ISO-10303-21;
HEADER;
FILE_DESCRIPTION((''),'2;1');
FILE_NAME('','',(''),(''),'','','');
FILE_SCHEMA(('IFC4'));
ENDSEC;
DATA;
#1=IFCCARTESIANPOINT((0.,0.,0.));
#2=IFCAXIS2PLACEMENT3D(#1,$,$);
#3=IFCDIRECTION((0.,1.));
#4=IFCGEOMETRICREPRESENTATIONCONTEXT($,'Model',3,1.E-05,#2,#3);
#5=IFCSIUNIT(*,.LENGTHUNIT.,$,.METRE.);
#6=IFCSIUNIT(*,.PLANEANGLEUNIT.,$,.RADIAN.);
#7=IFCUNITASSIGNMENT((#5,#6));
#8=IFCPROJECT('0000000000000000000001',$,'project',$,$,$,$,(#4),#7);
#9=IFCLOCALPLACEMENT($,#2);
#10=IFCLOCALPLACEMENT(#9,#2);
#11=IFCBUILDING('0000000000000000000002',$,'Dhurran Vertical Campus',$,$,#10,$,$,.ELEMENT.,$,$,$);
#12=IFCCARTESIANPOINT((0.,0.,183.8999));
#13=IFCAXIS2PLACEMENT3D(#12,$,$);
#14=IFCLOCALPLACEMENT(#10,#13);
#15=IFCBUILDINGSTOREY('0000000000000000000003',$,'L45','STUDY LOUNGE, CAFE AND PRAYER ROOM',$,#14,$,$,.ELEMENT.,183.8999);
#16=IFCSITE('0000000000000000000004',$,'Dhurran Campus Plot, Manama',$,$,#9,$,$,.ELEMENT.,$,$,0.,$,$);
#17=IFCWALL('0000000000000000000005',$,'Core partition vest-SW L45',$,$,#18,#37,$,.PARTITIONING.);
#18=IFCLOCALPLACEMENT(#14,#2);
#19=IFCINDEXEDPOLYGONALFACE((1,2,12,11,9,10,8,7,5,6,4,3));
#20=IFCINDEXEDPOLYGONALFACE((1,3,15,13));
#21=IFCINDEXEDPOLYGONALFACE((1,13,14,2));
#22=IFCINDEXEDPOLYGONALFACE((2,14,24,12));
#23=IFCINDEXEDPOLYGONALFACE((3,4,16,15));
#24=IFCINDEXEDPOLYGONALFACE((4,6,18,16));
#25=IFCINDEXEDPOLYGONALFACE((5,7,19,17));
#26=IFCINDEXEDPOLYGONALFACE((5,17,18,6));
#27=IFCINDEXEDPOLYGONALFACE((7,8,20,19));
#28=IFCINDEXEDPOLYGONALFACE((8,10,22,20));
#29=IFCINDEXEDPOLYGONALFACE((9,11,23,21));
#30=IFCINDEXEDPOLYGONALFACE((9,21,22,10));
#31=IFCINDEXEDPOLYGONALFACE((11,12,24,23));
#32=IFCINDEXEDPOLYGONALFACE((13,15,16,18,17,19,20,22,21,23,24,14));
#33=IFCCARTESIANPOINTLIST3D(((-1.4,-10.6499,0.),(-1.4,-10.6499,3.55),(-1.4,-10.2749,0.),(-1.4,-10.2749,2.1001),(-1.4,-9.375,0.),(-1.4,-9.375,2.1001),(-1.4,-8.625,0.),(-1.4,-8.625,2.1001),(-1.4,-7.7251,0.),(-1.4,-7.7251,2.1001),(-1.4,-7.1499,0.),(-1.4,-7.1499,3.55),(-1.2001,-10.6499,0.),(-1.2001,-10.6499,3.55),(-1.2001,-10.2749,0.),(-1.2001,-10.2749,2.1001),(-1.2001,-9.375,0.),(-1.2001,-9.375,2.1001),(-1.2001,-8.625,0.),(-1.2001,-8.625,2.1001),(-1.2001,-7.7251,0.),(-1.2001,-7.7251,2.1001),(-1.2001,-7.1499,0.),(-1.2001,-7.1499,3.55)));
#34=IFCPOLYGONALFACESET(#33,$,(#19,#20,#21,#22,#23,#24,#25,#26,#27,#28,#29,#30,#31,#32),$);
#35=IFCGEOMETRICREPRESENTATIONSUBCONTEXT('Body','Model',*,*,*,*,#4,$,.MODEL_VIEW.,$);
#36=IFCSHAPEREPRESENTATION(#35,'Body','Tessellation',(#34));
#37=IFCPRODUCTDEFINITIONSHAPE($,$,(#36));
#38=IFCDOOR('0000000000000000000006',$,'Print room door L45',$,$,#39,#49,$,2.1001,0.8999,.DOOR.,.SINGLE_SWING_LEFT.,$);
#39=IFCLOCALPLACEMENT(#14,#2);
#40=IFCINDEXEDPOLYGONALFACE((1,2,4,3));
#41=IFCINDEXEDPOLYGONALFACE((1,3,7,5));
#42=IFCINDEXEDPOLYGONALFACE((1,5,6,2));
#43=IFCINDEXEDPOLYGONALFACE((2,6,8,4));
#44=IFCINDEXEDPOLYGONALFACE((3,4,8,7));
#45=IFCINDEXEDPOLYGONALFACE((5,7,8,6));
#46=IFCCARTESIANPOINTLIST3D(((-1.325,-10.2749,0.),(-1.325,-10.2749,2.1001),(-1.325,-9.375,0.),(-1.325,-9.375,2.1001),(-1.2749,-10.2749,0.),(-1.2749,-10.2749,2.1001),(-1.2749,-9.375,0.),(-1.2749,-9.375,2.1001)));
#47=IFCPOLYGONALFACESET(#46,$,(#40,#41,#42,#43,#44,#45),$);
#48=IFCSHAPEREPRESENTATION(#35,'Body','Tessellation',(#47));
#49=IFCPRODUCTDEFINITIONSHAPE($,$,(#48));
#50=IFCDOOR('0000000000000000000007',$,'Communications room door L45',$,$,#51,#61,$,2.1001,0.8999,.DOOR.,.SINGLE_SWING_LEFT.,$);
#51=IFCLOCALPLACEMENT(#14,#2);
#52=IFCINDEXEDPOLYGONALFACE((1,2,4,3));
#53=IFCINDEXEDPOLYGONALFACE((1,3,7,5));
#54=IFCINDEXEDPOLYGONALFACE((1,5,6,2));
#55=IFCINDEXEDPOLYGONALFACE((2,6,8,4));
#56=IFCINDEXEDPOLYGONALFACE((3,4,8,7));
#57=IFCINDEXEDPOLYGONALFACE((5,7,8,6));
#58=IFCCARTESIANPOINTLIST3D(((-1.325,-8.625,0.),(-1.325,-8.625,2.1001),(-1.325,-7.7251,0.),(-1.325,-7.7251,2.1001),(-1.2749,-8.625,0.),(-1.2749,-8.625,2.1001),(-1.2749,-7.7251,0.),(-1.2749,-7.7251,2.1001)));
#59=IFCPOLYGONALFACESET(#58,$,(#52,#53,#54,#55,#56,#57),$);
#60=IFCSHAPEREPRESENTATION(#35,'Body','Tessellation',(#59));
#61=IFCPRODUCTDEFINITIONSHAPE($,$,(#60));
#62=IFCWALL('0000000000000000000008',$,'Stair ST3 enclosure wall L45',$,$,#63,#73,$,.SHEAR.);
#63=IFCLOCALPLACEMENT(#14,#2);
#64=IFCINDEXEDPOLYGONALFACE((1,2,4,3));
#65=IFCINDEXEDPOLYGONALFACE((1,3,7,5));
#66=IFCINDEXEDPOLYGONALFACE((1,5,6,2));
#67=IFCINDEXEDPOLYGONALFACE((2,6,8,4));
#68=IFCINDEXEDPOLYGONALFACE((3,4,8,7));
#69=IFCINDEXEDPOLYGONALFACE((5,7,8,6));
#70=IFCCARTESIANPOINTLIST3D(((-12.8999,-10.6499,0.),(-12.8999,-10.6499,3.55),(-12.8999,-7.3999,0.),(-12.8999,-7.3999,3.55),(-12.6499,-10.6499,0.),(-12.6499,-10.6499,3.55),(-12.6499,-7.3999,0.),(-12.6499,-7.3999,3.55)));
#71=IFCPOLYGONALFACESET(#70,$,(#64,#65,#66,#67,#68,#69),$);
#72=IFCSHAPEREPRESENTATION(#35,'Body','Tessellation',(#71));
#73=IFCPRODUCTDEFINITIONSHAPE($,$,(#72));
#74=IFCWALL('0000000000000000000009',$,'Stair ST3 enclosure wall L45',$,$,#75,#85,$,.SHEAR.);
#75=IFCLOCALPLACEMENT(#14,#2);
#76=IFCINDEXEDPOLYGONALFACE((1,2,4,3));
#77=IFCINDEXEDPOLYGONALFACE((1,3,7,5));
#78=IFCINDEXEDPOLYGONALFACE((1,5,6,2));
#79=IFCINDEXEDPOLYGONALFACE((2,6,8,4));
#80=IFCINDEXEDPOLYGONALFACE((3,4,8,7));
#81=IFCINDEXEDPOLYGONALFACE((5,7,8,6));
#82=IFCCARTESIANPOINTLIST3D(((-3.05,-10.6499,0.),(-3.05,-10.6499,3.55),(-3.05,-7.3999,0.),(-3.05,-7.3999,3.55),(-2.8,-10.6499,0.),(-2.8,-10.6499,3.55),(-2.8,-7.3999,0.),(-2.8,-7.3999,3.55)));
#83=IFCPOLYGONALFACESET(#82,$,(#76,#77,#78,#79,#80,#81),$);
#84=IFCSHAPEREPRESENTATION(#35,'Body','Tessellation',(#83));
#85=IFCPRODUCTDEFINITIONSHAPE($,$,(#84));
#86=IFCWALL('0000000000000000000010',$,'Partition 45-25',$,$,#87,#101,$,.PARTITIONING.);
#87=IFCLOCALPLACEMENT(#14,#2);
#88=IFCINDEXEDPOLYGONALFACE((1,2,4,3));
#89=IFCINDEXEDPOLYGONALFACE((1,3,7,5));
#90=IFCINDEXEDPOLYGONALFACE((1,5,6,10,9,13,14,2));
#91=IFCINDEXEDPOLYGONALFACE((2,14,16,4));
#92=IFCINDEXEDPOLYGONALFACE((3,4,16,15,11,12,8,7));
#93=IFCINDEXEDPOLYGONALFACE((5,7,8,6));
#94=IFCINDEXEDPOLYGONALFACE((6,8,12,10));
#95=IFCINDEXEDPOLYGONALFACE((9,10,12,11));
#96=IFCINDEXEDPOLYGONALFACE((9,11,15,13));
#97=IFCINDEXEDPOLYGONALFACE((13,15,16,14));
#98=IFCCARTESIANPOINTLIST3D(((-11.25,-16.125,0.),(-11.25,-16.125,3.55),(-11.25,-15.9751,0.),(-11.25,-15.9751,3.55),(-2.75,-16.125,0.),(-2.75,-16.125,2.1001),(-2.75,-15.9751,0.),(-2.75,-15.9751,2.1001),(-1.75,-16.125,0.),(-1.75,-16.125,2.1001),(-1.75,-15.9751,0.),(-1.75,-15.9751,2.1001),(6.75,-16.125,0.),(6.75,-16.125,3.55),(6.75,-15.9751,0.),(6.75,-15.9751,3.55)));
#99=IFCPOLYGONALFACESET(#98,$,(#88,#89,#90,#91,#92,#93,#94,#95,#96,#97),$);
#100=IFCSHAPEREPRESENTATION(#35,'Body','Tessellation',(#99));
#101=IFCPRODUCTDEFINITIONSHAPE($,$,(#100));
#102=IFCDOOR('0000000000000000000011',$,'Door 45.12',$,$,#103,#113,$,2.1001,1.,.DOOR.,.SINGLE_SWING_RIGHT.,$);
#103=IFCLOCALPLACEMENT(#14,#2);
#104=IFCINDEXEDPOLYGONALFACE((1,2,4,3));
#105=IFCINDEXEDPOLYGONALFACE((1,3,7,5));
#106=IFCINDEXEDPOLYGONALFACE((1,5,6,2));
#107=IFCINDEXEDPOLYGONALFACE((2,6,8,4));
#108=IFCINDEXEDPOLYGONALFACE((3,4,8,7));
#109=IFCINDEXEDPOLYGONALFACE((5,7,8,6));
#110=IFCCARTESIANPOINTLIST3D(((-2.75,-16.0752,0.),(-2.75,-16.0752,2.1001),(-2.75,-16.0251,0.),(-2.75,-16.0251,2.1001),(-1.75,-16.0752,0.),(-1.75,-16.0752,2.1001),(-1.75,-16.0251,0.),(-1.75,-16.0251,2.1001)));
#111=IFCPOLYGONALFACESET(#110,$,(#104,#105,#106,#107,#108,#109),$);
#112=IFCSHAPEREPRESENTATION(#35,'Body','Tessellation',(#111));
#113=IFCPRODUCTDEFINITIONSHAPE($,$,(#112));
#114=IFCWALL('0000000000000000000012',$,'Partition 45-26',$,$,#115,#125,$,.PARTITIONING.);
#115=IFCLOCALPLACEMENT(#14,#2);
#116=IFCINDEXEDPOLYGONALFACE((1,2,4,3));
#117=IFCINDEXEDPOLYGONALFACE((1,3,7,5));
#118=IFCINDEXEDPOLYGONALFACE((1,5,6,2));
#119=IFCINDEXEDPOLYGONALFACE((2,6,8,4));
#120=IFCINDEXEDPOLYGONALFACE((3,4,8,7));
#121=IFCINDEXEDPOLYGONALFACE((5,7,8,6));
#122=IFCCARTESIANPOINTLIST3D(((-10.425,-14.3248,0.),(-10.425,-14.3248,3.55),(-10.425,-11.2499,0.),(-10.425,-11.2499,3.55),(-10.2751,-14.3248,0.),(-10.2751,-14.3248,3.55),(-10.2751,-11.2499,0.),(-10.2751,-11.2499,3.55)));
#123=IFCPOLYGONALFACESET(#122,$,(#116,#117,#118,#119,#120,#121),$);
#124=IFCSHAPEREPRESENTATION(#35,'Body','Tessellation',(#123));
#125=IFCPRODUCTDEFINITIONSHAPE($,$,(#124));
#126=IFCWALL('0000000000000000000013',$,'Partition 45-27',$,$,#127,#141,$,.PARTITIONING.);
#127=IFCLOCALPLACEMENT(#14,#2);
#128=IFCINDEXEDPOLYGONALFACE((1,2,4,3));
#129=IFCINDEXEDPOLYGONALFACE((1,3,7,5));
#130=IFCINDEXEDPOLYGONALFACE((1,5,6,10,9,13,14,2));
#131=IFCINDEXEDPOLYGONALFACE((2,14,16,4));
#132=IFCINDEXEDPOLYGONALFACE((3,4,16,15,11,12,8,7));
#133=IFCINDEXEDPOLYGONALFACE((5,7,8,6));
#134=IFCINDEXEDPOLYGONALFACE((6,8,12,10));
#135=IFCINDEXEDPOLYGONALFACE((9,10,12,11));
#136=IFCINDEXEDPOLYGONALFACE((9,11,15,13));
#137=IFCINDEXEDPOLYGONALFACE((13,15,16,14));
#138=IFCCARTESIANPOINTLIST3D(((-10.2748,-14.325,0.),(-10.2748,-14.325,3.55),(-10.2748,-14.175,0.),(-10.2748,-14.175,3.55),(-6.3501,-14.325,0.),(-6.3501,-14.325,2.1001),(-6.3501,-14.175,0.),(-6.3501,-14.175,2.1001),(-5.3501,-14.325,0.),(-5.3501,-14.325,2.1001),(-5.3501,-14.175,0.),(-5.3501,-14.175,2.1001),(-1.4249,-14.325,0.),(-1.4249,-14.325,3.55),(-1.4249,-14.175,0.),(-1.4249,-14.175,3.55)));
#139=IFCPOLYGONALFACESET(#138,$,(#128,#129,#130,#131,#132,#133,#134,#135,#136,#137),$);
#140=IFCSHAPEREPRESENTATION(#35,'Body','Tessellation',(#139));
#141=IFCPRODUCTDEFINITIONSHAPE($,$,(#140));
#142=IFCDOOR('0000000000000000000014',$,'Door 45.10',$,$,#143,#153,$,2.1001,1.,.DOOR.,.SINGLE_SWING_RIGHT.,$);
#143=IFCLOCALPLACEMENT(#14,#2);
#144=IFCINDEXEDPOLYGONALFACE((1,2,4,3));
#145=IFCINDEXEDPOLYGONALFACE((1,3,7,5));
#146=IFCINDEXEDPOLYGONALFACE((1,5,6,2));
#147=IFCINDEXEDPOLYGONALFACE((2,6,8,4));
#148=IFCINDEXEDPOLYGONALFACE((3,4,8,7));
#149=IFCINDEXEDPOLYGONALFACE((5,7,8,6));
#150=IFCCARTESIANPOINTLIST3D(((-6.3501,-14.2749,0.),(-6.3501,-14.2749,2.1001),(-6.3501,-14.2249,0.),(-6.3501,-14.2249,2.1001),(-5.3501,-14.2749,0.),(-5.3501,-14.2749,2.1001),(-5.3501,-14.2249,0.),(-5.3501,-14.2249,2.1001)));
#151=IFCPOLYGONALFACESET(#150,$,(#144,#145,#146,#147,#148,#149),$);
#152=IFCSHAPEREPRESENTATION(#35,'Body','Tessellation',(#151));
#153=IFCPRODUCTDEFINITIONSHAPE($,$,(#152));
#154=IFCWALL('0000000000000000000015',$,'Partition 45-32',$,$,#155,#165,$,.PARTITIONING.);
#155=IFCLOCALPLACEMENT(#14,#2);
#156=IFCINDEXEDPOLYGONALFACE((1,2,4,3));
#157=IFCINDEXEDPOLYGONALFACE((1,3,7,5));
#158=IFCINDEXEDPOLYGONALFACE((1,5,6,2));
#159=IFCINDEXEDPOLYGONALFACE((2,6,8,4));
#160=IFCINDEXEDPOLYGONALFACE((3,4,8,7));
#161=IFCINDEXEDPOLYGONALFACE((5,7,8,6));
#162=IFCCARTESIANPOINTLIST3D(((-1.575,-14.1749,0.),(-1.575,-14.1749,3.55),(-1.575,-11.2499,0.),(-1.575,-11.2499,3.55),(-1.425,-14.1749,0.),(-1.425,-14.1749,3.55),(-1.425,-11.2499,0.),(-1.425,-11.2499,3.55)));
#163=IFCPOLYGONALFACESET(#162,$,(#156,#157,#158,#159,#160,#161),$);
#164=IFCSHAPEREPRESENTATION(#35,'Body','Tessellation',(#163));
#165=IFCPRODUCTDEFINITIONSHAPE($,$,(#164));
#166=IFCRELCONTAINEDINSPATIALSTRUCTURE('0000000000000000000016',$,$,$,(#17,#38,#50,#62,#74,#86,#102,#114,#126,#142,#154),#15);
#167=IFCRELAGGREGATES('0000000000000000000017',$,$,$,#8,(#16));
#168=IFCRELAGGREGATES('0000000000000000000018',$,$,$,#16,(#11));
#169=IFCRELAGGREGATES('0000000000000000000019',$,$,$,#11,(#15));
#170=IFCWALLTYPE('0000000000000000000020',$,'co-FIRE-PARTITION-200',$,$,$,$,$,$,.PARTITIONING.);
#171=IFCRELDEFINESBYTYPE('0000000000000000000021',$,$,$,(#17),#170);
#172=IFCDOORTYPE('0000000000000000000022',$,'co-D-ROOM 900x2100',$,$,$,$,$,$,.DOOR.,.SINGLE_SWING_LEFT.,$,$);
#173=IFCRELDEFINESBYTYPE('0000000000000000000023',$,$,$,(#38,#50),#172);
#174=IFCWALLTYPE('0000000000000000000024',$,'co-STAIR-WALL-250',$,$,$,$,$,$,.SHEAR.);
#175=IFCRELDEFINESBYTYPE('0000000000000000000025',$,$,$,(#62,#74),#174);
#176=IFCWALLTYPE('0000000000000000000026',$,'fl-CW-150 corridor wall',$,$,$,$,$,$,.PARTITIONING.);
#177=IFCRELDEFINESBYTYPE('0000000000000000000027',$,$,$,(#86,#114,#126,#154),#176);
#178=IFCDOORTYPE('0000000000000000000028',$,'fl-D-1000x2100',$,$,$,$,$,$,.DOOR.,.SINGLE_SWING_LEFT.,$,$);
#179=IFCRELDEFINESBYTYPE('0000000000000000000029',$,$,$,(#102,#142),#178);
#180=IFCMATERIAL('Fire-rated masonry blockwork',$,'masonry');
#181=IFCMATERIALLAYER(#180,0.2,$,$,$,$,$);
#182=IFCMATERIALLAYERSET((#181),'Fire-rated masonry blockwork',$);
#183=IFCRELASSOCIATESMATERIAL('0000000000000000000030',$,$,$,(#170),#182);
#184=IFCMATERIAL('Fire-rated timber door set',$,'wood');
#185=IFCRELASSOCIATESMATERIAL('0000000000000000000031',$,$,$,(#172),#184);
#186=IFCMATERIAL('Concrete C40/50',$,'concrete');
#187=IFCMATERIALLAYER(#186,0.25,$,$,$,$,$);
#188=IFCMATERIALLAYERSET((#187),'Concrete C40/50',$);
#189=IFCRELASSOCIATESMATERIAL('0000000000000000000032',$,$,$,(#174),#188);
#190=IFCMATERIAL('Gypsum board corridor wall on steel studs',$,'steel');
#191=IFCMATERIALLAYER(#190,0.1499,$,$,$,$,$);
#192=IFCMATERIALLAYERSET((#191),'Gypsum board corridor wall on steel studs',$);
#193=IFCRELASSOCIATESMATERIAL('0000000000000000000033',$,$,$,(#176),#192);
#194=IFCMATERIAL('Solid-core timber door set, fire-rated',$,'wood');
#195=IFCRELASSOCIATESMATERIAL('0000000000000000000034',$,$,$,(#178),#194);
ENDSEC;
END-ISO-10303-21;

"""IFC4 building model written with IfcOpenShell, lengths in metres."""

from ifc_helpers import new_model, si_unit, direction, frame, frame_2d, origin, place, context, subcontext, project, spatial, rectangle, extrude, material, layer, layer_set, type_object, element, fill, save


model = new_model("IFC4")

# Units and contexts
model_context = context("Model", 3, precision=1e-05, world=origin(), true_north=direction((0.0, 1.0)))
body_context = subcontext(model_context, "Body", "Model", "MODEL_VIEW")
ifc_project = project(units=[si_unit("LENGTHUNIT", "METRE"), si_unit("PLANEANGLEUNIT", "RADIAN")], contexts=[model_context])

# Site, building, storey
site_placement = place(None, origin())
site = spatial("IfcSite", under=ifc_project, at=site_placement, Name="Dhurran Campus Plot, Manama", CompositionType="ELEMENT", RefElevation=0.0)
building_placement = place(site_placement, origin())
building = spatial("IfcBuilding", under=site, at=building_placement, Name="Dhurran Vertical Campus", CompositionType="ELEMENT")
storey_placement = place(building_placement, frame((0.0, 0.0, 183.8999)))
storey = spatial("IfcBuildingStorey", under=building, at=storey_placement, Name="L45", Description="STUDY LOUNGE, CAFE AND PRAYER ROOM", CompositionType="ELEMENT", Elevation=183.8999)

# Wall, openings, doors
ifc_material_1 = material(Name="Fire-rated masonry blockwork", Category="masonry")
ifc_layer_1 = layer(ifc_material_1, 0.2)
ifc_layer_set_1 = layer_set([ifc_layer_1], Name="Fire-rated masonry blockwork")
wall_type_1 = type_object("IfcWallType", Name="co-FIRE-PARTITION-200", PredefinedType="PARTITIONING", material=ifc_layer_set_1)
wall_1_placement = place(storey_placement, frame((-1.3, -10.6499, 0.0), z_axis=(0.0, 0.0, 1.0), x_axis=(0.0, 1.0, 0.0)))
wall_1 = element("IfcWall", 1, at=wall_1_placement, inside=storey, type_object=wall_type_1, Name="Core partition vest-SW L45", PredefinedType="PARTITIONING", context=body_context, shape_type="SweptSolid", body=[
    extrude(rectangle(XDim=3.5, YDim=0.2, at=frame_2d((1.75, 0.0))), origin(), (0.0, 0.0, 1.0), 3.55),
])
opening_1_placement = place(wall_1_placement, frame((0.375, 0.0, 0.0)))
opening_1 = element("IfcOpeningElement", 2, at=opening_1_placement, cuts=wall_1, PredefinedType="OPENING", context=body_context, shape_type="SweptSolid", body=[
    extrude(rectangle(XDim=0.8999, YDim=2.1001, at=frame_2d((0.45, 1.05))), frame((0.0, 0.1099, 0.0), z_axis=(0.0, -1.0, 0.0), x_axis=(1.0, 0.0, 0.0)), (0.0, 0.0, 1.0), 0.22),
])
opening_2_placement = place(wall_1_placement, frame((2.0249, 0.0, 0.0)))
opening_2 = element("IfcOpeningElement", 3, at=opening_2_placement, cuts=wall_1, PredefinedType="OPENING", context=body_context, shape_type="SweptSolid", body=[
    extrude(rectangle(XDim=0.8999, YDim=2.1001, at=frame_2d((0.45, 1.05))), frame((0.0, 0.1099, 0.0), z_axis=(0.0, -1.0, 0.0), x_axis=(1.0, 0.0, 0.0)), (0.0, 0.0, 1.0), 0.22),
])
ifc_material_2 = material(Name="Fire-rated timber door set", Category="wood")
door_type_1 = type_object("IfcDoorType", Name="co-D-ROOM 900x2100", OperationType="SINGLE_SWING_LEFT", PredefinedType="DOOR", material=ifc_material_2)
door_1_placement = place(opening_1_placement, origin())
door_1 = element("IfcDoor", 4, at=door_1_placement, inside=storey, type_object=door_type_1, Name="Print room door L45", OperationType="SINGLE_SWING_LEFT", OverallHeight=2.1001, OverallWidth=0.8999, PredefinedType="DOOR", context=body_context, shape_type="SweptSolid", body=[
    extrude(rectangle(XDim=0.8999, YDim=2.1001, at=frame_2d((0.45, 1.05))), frame((0.0, 0.0249, 0.0), z_axis=(0.0, -1.0, 0.0), x_axis=(1.0, 0.0, 0.0)), (0.0, 0.0, 1.0), 0.05),
])
fill(opening_1, door_1)
door_2_placement = place(opening_2_placement, origin())
door_2 = element("IfcDoor", 5, at=door_2_placement, inside=storey, type_object=door_type_1, Name="Communications room door L45", OperationType="SINGLE_SWING_LEFT", OverallHeight=2.1001, OverallWidth=0.8999, PredefinedType="DOOR", context=body_context, shape_type="SweptSolid", body=[
    extrude(rectangle(XDim=0.8999, YDim=2.1001, at=frame_2d((0.45, 1.05))), frame((0.0, 0.0249, 0.0), z_axis=(0.0, -1.0, 0.0), x_axis=(1.0, 0.0, 0.0)), (0.0, 0.0, 1.0), 0.05),
])
fill(opening_2, door_2)

# Walls
ifc_material_3 = material(Name="Concrete C40/50", Category="concrete")
ifc_layer_2 = layer(ifc_material_3, 0.25)
ifc_layer_set_2 = layer_set([ifc_layer_2], Name="Concrete C40/50")
wall_type_2 = type_object("IfcWallType", Name="co-STAIR-WALL-250", PredefinedType="SHEAR", material=ifc_layer_set_2)
for number, where, z_axis, x_axis, name in (
    (6, (-12.7749, -10.6499, 0.0), (0.0, 0.0, 1.0), (0.0, 1.0, 0.0), "Stair ST3 enclosure wall L45"),
    (7, (-2.925, -10.6499, 0.0), (0.0, 0.0, 1.0), (0.0, 1.0, 0.0), "Stair ST3 enclosure wall L45"),
):
    element("IfcWall", number, at=place(storey_placement, frame(where, z_axis=z_axis, x_axis=x_axis)), inside=storey, type_object=wall_type_2, Name=name, PredefinedType="SHEAR", context=body_context, shape_type="SweptSolid", body=[
        extrude(rectangle(XDim=3.25, YDim=0.25, at=frame_2d((1.625, 0.0))), origin(), (0.0, 0.0, 1.0), 3.55),
    ])

# Wall, opening, door
ifc_material_4 = material(Name="Gypsum board corridor wall on steel studs", Category="steel")
ifc_layer_3 = layer(ifc_material_4, 0.1499)
ifc_layer_set_3 = layer_set([ifc_layer_3], Name="Gypsum board corridor wall on steel studs")
wall_type_3 = type_object("IfcWallType", Name="fl-CW-150 corridor wall", PredefinedType="PARTITIONING", material=ifc_layer_set_3)
wall_2_placement = place(storey_placement, frame((-11.25, -16.05, 0.0), z_axis=(0.0, 0.0, 1.0), x_axis=(1.0, 0.0, 0.0)))
wall_2 = element("IfcWall", 8, at=wall_2_placement, inside=storey, type_object=wall_type_3, Name="Partition 45-25", PredefinedType="PARTITIONING", context=body_context, shape_type="SweptSolid", body=[
    extrude(rectangle(XDim=18.0, YDim=0.1499, at=frame_2d((9.0, 0.0))), origin(), (0.0, 0.0, 1.0), 3.55),
])
opening_3_placement = place(wall_2_placement, frame((8.5, 0.0, 0.0)))
opening_3 = element("IfcOpeningElement", 9, at=opening_3_placement, cuts=wall_2, PredefinedType="OPENING", context=body_context, shape_type="SweptSolid", body=[
    extrude(rectangle(XDim=1.0, YDim=2.1001, at=frame_2d((0.5, 1.05))), frame((0.0, 0.085, 0.0), z_axis=(0.0, -1.0, 0.0), x_axis=(1.0, 0.0, 0.0)), (0.0, 0.0, 1.0), 0.1699),
])
ifc_material_5 = material(Name="Solid-core timber door set, fire-rated", Category="wood")
door_type_2 = type_object("IfcDoorType", Name="fl-D-1000x2100", OperationType="SINGLE_SWING_LEFT", PredefinedType="DOOR", material=ifc_material_5)
door_3_placement = place(opening_3_placement, origin())
door_3 = element("IfcDoor", 10, at=door_3_placement, inside=storey, type_object=door_type_2, Name="Door 45.12", OperationType="SINGLE_SWING_RIGHT", OverallHeight=2.1001, OverallWidth=1.0, PredefinedType="DOOR", context=body_context, shape_type="SweptSolid", body=[
    extrude(rectangle(XDim=1.0, YDim=2.1001, at=frame_2d((0.5, 1.05))), frame((0.0, 0.0249, 0.0), z_axis=(0.0, -1.0, 0.0), x_axis=(1.0, 0.0, 0.0)), (0.0, 0.0, 1.0), 0.05),
])
fill(opening_3, door_3)

# Wall
wall_3_placement = place(storey_placement, frame((-10.3501, -14.325, 0.0), z_axis=(0.0, 0.0, 1.0), x_axis=(0.0, 1.0, 0.0)))
element("IfcWall", 11, at=wall_3_placement, inside=storey, type_object=wall_type_3, Name="Partition 45-26", PredefinedType="PARTITIONING", context=body_context, shape_type="SweptSolid", body=[
    extrude(rectangle(XDim=3.075, YDim=0.1499, at=frame_2d((1.5376, 0.0))), origin(), (0.0, 0.0, 1.0), 3.55),
])

# Wall, opening, door
wall_4_placement = place(storey_placement, frame((-1.425, -14.25, 0.0), z_axis=(0.0, 0.0, 1.0), x_axis=(-1.0, 0.0, 0.0)))
wall_4 = element("IfcWall", 12, at=wall_4_placement, inside=storey, type_object=wall_type_3, Name="Partition 45-27", PredefinedType="PARTITIONING", context=body_context, shape_type="SweptSolid", body=[
    extrude(rectangle(XDim=8.8499, YDim=0.1499, at=frame_2d((4.4248, 0.0))), origin(), (0.0, 0.0, 1.0), 3.55),
])
opening_4_placement = place(wall_4_placement, frame((3.925, 0.0, 0.0)))
opening_4 = element("IfcOpeningElement", 13, at=opening_4_placement, cuts=wall_4, PredefinedType="OPENING", context=body_context, shape_type="SweptSolid", body=[
    extrude(rectangle(XDim=1.0, YDim=2.1001, at=frame_2d((0.5, 1.05))), frame((0.0, 0.085, 0.0), z_axis=(0.0, -1.0, 0.0), x_axis=(1.0, 0.0, 0.0)), (0.0, 0.0, 1.0), 0.1699),
])
door_4_placement = place(opening_4_placement, origin())
door_4 = element("IfcDoor", 14, at=door_4_placement, inside=storey, type_object=door_type_2, Name="Door 45.10", OperationType="SINGLE_SWING_RIGHT", OverallHeight=2.1001, OverallWidth=1.0, PredefinedType="DOOR", context=body_context, shape_type="SweptSolid", body=[
    extrude(rectangle(XDim=1.0, YDim=2.1001, at=frame_2d((0.5, 1.05))), frame((0.0, 0.0249, 0.0), z_axis=(0.0, -1.0, 0.0), x_axis=(1.0, 0.0, 0.0)), (0.0, 0.0, 1.0), 0.05),
])
fill(opening_4, door_4)

# Wall
wall_5_placement = place(storey_placement, frame((-1.5, -11.25, 0.0), z_axis=(0.0, 0.0, 1.0), x_axis=(0.0, -1.0, 0.0)))
element("IfcWall", 15, at=wall_5_placement, inside=storey, type_object=wall_type_3, Name="Partition 45-32", PredefinedType="PARTITIONING", context=body_context, shape_type="SweptSolid", body=[
    extrude(rectangle(XDim=2.925, YDim=0.1499, at=frame_2d((1.4624, 0.0))), origin(), (0.0, 0.0, 1.0), 3.55),
])

save(model, "model.ifc")
